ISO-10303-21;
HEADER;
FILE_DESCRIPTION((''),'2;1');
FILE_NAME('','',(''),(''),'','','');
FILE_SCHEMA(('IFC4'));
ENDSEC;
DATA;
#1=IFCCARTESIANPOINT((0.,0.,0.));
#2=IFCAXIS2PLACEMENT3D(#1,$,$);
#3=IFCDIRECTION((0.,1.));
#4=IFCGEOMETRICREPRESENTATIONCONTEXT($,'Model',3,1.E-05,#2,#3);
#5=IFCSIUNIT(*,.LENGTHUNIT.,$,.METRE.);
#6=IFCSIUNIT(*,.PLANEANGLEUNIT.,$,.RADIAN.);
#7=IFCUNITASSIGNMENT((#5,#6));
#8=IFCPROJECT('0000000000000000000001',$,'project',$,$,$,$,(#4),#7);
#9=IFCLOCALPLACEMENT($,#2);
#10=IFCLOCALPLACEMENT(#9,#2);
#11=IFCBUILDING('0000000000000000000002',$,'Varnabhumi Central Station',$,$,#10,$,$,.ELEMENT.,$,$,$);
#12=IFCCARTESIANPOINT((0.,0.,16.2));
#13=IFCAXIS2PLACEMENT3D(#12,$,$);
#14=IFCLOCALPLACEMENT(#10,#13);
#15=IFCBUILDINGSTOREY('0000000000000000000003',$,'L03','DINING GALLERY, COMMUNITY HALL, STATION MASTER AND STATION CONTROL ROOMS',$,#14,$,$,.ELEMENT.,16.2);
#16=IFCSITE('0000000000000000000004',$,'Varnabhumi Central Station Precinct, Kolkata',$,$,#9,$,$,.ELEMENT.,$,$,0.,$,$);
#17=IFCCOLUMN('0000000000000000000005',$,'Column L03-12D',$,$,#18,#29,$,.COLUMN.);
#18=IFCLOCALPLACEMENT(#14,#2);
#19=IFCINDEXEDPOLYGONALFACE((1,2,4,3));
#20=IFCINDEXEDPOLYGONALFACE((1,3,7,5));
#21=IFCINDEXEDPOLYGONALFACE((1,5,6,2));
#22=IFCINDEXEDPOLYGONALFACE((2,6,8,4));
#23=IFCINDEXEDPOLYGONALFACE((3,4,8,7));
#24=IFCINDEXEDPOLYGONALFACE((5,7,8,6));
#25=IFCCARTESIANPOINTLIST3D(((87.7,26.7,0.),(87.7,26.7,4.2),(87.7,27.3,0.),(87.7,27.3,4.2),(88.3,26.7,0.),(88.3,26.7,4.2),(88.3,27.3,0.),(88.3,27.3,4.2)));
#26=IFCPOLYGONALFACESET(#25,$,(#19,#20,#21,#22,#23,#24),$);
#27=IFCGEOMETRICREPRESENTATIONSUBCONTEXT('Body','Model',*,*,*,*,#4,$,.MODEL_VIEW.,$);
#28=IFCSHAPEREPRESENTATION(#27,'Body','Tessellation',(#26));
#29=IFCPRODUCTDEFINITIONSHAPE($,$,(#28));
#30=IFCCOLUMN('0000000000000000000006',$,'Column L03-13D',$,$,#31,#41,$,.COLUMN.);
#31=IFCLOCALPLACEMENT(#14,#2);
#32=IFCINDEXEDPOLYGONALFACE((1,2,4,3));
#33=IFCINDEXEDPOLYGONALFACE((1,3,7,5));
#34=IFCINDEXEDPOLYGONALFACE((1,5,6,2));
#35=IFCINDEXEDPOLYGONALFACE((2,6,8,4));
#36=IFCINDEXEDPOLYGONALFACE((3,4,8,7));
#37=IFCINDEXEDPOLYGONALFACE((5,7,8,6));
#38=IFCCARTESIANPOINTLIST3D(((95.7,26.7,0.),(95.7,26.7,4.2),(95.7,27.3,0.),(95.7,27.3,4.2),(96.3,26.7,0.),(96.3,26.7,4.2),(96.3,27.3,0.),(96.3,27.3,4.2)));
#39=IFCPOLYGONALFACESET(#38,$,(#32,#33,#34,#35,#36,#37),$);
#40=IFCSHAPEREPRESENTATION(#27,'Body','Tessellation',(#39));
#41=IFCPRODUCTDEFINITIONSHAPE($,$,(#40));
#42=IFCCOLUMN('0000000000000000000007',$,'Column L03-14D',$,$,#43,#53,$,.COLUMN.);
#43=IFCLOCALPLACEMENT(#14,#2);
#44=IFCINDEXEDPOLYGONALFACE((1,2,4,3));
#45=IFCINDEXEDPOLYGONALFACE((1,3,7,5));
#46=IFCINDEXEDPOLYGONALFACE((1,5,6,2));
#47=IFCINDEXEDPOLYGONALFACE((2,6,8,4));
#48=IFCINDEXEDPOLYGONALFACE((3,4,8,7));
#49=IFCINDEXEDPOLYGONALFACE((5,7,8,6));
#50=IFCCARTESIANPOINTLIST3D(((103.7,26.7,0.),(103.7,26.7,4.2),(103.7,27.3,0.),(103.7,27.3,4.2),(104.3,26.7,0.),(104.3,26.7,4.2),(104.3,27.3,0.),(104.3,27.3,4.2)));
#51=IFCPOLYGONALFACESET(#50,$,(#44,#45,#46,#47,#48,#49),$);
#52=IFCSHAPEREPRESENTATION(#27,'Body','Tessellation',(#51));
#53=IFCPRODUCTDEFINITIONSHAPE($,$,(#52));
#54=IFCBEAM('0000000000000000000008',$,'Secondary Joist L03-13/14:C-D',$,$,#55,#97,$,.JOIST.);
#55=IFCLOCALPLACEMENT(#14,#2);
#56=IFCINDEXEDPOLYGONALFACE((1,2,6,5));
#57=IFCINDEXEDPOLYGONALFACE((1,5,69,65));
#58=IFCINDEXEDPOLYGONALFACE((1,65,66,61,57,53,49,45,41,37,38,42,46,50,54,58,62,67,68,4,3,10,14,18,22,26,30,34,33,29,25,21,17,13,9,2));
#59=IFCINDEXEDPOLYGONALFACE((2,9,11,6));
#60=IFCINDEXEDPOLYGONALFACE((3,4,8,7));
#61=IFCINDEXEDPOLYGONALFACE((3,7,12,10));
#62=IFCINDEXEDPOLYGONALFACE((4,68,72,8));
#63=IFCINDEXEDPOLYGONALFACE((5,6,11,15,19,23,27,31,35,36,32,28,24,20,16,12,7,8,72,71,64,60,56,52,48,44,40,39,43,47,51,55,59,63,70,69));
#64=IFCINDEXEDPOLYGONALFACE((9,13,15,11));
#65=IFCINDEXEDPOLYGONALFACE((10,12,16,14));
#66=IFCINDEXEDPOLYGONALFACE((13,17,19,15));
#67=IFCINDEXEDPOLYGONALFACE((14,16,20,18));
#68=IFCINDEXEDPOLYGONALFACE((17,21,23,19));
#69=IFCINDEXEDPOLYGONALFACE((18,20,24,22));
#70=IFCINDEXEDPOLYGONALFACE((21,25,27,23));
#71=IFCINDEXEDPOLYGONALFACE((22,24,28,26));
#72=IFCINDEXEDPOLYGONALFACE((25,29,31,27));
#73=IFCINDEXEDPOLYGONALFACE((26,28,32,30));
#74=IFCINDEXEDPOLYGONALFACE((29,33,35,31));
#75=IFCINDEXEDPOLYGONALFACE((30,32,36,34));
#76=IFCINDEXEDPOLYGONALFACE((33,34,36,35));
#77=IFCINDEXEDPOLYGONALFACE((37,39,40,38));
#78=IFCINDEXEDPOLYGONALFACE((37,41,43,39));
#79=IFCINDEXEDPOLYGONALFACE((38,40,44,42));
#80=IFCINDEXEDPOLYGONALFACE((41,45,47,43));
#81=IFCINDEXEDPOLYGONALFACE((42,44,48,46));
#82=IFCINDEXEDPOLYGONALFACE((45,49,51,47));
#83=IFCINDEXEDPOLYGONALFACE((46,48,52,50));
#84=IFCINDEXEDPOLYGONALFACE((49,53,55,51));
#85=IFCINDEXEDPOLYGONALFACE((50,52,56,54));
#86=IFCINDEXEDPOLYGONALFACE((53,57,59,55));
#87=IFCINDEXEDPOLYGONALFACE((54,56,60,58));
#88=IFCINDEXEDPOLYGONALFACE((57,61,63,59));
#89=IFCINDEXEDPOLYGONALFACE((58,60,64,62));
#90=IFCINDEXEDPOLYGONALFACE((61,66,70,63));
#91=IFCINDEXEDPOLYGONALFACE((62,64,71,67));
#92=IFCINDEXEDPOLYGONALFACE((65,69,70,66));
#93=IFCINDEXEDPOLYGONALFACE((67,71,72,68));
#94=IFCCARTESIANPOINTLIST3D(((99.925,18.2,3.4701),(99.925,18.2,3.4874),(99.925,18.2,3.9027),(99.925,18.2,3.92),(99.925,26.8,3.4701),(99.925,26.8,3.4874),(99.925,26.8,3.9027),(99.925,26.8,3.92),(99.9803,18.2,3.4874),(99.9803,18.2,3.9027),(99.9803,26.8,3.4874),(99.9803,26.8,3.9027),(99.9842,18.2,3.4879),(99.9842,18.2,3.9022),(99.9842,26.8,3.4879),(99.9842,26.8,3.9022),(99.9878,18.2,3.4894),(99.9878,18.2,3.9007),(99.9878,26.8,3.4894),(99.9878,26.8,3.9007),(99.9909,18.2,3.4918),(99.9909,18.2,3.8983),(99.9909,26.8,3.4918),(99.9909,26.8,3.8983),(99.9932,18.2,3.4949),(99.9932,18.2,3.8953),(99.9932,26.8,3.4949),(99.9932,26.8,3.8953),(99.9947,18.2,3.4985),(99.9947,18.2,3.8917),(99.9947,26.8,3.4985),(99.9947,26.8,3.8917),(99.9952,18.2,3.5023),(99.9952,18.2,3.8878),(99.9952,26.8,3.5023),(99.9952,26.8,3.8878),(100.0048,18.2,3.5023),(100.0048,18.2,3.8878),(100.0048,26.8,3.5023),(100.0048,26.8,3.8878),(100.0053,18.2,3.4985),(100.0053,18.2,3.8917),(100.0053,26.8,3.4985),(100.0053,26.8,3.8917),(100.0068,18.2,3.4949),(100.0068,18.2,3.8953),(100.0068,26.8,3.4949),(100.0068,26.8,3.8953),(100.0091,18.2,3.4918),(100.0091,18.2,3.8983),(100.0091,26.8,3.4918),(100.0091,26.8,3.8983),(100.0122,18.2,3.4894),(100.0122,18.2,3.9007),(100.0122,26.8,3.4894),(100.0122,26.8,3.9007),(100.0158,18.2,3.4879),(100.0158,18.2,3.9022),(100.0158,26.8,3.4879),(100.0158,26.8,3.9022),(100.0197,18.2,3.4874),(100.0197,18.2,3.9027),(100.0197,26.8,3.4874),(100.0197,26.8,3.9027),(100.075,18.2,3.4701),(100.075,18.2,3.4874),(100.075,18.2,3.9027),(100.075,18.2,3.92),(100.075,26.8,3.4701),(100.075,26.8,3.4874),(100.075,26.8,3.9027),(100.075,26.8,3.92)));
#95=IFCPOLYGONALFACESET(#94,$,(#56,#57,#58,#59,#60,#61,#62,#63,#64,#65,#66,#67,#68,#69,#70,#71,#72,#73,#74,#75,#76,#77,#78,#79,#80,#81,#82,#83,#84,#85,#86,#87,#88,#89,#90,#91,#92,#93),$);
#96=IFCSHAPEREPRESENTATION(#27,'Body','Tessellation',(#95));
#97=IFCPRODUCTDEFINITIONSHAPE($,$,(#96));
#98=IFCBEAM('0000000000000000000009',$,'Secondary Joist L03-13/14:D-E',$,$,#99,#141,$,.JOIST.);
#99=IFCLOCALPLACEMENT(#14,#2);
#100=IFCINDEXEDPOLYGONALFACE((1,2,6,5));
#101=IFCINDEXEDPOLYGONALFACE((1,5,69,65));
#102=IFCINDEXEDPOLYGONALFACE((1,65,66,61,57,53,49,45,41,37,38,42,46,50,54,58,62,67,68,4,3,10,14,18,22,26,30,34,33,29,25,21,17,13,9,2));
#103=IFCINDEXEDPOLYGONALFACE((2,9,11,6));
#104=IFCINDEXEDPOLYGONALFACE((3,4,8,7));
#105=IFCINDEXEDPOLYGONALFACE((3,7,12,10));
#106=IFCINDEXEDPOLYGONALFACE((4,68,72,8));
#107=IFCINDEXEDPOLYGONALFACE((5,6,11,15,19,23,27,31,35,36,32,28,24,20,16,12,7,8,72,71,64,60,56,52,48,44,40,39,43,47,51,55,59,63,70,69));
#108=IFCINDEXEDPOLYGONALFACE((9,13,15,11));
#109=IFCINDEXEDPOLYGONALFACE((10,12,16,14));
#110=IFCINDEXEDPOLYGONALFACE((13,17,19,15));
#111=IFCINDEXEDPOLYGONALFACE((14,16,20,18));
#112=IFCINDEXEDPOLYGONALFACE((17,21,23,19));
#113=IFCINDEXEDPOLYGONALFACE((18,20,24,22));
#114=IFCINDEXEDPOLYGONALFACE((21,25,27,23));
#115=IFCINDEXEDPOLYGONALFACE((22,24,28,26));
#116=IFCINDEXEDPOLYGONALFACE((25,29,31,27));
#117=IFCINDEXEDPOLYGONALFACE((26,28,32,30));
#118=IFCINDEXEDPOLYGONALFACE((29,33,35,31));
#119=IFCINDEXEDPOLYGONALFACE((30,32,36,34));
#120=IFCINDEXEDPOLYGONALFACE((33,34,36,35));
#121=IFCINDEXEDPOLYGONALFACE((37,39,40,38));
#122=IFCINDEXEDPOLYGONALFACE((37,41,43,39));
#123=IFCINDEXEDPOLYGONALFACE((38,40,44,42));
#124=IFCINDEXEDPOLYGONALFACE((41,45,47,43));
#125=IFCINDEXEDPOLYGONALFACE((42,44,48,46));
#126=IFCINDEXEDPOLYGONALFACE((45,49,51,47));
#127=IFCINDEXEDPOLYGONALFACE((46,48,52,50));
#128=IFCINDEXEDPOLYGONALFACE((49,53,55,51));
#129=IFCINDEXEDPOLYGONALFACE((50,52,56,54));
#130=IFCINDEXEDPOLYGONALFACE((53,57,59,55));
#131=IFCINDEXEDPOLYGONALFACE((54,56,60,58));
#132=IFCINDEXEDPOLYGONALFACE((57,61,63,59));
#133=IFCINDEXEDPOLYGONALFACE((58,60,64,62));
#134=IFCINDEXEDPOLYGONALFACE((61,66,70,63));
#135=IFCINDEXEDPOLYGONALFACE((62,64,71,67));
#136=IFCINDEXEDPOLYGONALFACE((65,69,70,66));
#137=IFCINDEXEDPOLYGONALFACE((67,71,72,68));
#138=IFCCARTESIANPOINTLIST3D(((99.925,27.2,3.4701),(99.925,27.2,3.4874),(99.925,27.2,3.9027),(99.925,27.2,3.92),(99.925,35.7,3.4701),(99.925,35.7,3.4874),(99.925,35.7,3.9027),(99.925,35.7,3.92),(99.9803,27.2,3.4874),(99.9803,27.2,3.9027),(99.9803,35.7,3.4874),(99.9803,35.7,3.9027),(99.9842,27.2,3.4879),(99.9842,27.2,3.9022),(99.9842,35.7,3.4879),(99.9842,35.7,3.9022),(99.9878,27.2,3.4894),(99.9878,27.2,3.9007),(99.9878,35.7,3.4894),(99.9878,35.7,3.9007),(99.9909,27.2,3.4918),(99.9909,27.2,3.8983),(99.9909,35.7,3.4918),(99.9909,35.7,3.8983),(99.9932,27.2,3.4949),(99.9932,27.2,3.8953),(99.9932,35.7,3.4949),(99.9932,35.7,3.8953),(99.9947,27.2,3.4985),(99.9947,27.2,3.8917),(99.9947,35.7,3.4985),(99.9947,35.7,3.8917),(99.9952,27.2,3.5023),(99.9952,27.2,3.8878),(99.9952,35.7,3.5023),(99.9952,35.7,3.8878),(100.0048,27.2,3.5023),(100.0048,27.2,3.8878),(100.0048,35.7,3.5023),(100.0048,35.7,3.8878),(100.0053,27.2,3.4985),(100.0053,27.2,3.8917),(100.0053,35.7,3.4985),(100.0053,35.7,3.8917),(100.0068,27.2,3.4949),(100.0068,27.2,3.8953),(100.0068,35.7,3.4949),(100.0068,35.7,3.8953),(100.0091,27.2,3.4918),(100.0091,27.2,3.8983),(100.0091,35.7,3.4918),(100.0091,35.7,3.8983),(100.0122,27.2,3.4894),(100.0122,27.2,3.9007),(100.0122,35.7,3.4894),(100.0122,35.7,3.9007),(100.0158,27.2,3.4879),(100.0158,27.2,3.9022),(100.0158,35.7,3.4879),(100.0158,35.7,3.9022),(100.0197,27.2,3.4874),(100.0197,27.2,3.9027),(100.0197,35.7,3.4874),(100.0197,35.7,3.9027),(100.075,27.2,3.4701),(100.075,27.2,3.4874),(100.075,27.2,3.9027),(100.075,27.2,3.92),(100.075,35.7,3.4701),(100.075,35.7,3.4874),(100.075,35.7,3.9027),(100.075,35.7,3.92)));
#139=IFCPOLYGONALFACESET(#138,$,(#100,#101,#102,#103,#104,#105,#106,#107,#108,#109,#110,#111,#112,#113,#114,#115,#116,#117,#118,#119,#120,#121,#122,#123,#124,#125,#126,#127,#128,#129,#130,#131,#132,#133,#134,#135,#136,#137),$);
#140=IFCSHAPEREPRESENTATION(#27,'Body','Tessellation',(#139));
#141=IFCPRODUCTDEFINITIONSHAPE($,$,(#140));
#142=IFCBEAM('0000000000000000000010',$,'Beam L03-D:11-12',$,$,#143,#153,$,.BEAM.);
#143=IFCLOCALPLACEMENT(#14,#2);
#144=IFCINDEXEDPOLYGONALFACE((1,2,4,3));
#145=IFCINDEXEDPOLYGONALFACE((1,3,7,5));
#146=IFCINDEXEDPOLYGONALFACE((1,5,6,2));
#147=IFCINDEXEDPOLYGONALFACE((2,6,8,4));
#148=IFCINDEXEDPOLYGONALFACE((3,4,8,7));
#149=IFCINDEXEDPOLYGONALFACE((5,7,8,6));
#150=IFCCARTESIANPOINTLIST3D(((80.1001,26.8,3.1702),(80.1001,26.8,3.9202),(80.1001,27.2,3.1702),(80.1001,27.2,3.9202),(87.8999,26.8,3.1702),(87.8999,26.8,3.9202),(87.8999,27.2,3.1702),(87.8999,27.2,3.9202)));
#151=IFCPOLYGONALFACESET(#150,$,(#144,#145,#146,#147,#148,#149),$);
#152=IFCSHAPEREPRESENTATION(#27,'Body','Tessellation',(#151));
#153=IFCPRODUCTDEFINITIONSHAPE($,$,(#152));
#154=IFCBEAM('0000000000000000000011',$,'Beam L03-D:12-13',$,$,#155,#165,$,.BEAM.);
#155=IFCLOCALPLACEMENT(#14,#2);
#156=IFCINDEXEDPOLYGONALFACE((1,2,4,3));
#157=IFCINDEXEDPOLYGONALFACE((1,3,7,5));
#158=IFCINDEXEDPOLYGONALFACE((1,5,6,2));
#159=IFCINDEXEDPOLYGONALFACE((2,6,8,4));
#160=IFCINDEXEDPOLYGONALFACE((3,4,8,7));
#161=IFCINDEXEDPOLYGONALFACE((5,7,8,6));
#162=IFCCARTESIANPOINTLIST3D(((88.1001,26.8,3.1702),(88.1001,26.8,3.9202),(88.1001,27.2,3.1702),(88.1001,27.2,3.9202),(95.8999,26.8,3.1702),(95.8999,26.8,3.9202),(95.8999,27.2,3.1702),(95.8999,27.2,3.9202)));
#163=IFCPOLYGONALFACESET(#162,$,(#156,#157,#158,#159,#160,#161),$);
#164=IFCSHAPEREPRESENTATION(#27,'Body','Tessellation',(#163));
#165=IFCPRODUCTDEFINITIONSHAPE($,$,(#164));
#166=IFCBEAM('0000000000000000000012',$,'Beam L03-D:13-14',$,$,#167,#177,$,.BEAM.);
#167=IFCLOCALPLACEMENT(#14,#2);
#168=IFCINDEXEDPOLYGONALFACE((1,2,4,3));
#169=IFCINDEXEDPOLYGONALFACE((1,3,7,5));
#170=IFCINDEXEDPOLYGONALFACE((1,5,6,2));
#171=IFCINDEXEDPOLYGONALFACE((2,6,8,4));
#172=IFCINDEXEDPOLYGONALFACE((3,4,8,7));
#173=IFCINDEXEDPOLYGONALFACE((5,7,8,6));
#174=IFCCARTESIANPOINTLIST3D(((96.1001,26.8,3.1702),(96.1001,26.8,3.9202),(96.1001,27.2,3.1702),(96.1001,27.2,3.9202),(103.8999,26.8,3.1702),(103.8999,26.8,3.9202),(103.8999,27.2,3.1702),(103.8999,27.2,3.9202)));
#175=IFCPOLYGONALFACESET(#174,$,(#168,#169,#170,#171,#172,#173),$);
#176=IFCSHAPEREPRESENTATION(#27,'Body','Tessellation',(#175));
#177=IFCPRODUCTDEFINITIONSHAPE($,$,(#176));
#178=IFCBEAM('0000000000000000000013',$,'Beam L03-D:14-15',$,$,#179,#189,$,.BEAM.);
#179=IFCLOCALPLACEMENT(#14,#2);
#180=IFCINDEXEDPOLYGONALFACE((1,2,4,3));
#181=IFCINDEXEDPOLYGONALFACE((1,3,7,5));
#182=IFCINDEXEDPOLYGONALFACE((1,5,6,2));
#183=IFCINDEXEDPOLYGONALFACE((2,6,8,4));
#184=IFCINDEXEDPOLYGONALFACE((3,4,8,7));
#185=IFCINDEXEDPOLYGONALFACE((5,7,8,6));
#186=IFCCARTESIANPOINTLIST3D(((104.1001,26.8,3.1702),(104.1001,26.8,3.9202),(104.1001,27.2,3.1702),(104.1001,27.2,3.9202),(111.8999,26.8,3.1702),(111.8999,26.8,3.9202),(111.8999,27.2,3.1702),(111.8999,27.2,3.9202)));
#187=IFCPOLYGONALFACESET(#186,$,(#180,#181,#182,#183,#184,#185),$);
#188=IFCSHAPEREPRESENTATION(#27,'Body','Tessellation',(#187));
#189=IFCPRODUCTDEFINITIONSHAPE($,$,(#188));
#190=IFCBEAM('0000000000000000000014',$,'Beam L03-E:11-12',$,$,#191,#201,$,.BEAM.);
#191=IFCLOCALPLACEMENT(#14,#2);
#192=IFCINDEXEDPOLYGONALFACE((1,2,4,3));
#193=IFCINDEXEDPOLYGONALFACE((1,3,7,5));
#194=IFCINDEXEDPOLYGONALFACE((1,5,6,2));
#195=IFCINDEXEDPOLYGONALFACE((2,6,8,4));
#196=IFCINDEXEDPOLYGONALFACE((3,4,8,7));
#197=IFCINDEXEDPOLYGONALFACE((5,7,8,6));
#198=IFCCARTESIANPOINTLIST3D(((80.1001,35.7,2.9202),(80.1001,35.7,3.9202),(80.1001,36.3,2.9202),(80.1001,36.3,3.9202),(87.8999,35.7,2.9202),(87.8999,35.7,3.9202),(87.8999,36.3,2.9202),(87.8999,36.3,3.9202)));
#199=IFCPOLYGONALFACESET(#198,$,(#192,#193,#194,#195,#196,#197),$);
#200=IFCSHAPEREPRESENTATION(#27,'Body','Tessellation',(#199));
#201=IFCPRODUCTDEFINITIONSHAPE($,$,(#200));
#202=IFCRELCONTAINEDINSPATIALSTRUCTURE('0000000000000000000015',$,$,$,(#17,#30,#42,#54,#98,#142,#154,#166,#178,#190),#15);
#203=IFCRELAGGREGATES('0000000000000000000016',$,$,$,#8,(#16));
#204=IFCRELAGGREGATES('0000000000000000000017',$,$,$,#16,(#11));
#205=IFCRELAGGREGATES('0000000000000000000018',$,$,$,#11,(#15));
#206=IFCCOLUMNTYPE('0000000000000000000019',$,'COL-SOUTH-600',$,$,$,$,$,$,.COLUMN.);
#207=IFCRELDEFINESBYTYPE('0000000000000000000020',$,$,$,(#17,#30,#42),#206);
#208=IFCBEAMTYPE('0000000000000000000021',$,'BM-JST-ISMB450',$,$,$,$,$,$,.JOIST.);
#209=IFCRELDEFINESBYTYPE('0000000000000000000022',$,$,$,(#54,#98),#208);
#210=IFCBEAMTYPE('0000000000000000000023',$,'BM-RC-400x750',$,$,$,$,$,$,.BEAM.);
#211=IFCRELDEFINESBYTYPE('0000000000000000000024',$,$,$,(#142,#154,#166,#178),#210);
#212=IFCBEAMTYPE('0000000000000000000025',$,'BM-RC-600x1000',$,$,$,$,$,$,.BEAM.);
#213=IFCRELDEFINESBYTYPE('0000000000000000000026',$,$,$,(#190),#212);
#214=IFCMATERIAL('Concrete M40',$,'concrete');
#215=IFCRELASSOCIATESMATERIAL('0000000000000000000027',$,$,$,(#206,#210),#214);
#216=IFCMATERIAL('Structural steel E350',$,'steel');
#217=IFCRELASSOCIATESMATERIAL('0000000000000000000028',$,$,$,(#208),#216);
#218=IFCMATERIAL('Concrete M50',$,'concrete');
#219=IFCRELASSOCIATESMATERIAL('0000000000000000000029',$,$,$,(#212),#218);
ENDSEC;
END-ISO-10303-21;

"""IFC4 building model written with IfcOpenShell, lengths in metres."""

from ifc_helpers import new_model, si_unit, direction, frame, origin, origin_2d, place, context, subcontext, project, spatial, rectangle, i_section, extrude, material, material_profile, profile_set, type_object, element, save


model = new_model("IFC4")

# Units and contexts
model_context = context("Model", 3, precision=1e-05, world=origin(), true_north=direction((0.0, 1.0)))
body_context = subcontext(model_context, "Body", "Model", "MODEL_VIEW")
ifc_project = project(units=[si_unit("LENGTHUNIT", "METRE"), si_unit("PLANEANGLEUNIT", "RADIAN")], contexts=[model_context])

# Site, building, storey
site_placement = place(None, origin())
site = spatial("IfcSite", under=ifc_project, at=site_placement, Name="Varnabhumi Central Station Precinct, Kolkata", CompositionType="ELEMENT", RefElevation=0.0)
building_placement = place(site_placement, origin())
building = spatial("IfcBuilding", under=site, at=building_placement, Name="Varnabhumi Central Station", CompositionType="ELEMENT")
storey_placement = place(building_placement, frame((0.0, 0.0, 16.2)))
storey = spatial("IfcBuildingStorey", under=building, at=storey_placement, Name="L03", Description="DINING GALLERY, COMMUNITY HALL, STATION MASTER AND STATION CONTROL ROOMS", CompositionType="ELEMENT", Elevation=16.2)

# Columns
ifc_material_1 = material(Name="Concrete M40", Category="concrete")
ifc_material_profile_1 = material_profile(ifc_material_1, rectangle(XDim=0.6001, YDim=0.6001, at=origin_2d()), Name="Concrete M40", Category="concrete")
ifc_profile_set_1 = profile_set([ifc_material_profile_1], Name="Concrete M40")
column_type = type_object("IfcColumnType", Name="COL-SOUTH-600", PredefinedType="COLUMN", material=ifc_profile_set_1)
for number, where, z_axis, x_axis, name in (
    (1, (88.0, 27.0, 0.0), (0.0, 0.0, 1.0), (1.0, 0.0, 0.0), "Column L03-12D"),
    (2, (96.0, 27.0, 0.0), (0.0, 0.0, 1.0), (1.0, 0.0, 0.0), "Column L03-13D"),
    (3, (104.0, 27.0, 0.0), (0.0, 0.0, 1.0), (1.0, 0.0, 0.0), "Column L03-14D"),
):
    element("IfcColumn", number, at=place(storey_placement, frame(where, z_axis=z_axis, x_axis=x_axis)), inside=storey, type_object=column_type, Name=name, PredefinedType="COLUMN", context=body_context, shape_type="SweptSolid", body=[
        extrude(rectangle(XDim=0.6001, YDim=0.6001, at=origin_2d()), origin(), (0.0, 0.0, 1.0), 4.2),
    ])

# Beams
ifc_material_2 = material(Name="Structural steel E350", Category="steel")
ifc_material_profile_2 = material_profile(ifc_material_2, i_section(OverallWidth=0.1499, OverallDepth=0.45, WebThickness=0.0095, FlangeThickness=0.0173, FilletRadius=0.0149, at=origin_2d()), Name="Structural steel E350", Category="steel")
ifc_profile_set_2 = profile_set([ifc_material_profile_2], Name="Structural steel E350")
beam_type_1 = type_object("IfcBeamType", Name="BM-JST-ISMB450", PredefinedType="JOIST", material=ifc_profile_set_2)
beam_1_placement = place(storey_placement, frame((100.0, 18.2, 3.6951), z_axis=(0.0, 1.0, 0.0), x_axis=(-1.0, 0.0, 0.0)))
element("IfcBeam", 4, at=beam_1_placement, inside=storey, type_object=beam_type_1, Name="Secondary Joist L03-13/14:C-D", PredefinedType="JOIST", context=body_context, shape_type="SweptSolid", body=[
    extrude(i_section(OverallWidth=0.1499, OverallDepth=0.45, WebThickness=0.0095, FlangeThickness=0.0173, FilletRadius=0.0149, at=origin_2d()), origin(), (0.0, 0.0, 1.0), 8.6001),
])
beam_2_placement = place(storey_placement, frame((100.0, 27.2, 3.6951), z_axis=(0.0, 1.0, 0.0), x_axis=(-1.0, 0.0, 0.0)))
element("IfcBeam", 5, at=beam_2_placement, inside=storey, type_object=beam_type_1, Name="Secondary Joist L03-13/14:D-E", PredefinedType="JOIST", context=body_context, shape_type="SweptSolid", body=[
    extrude(i_section(OverallWidth=0.1499, OverallDepth=0.45, WebThickness=0.0095, FlangeThickness=0.0173, FilletRadius=0.0149, at=origin_2d()), origin(), (0.0, 0.0, 1.0), 8.5),
])
ifc_material_profile_3 = material_profile(ifc_material_1, rectangle(XDim=0.3999, YDim=0.75, at=origin_2d()), Name="Concrete M40", Category="concrete")
ifc_profile_set_3 = profile_set([ifc_material_profile_3], Name="Concrete M40")
beam_type_2 = type_object("IfcBeamType", Name="BM-RC-400x750", PredefinedType="BEAM", material=ifc_profile_set_3)
for number, where, z_axis, x_axis, name in (
    (6, (80.1001, 27.0, 3.5452), (1.0, 0.0, 0.0), (0.0, 1.0, 0.0), "Beam L03-D:11-12"),
    (7, (88.1001, 27.0, 3.5452), (1.0, 0.0, 0.0), (0.0, 1.0, 0.0), "Beam L03-D:12-13"),
    (8, (96.1001, 27.0, 3.5452), (1.0, 0.0, 0.0), (0.0, 1.0, 0.0), "Beam L03-D:13-14"),
    (9, (104.1001, 27.0, 3.5452), (1.0, 0.0, 0.0), (0.0, 1.0, 0.0), "Beam L03-D:14-15"),
):
    element("IfcBeam", number, at=place(storey_placement, frame(where, z_axis=z_axis, x_axis=x_axis)), inside=storey, type_object=beam_type_2, Name=name, PredefinedType="BEAM", context=body_context, shape_type="SweptSolid", body=[
        extrude(rectangle(XDim=0.3999, YDim=0.75, at=origin_2d()), origin(), (0.0, 0.0, 1.0), 7.7998),
    ])
ifc_material_3 = material(Name="Concrete M50", Category="concrete")
ifc_material_profile_4 = material_profile(ifc_material_3, rectangle(XDim=0.6001, YDim=1.0, at=origin_2d()), Name="Concrete M50", Category="concrete")
ifc_profile_set_4 = profile_set([ifc_material_profile_4], Name="Concrete M50")
beam_type_3 = type_object("IfcBeamType", Name="BM-RC-600x1000", PredefinedType="BEAM", material=ifc_profile_set_4)
beam_3_placement = place(storey_placement, frame((80.1001, 36.0, 3.4202), z_axis=(1.0, 0.0, 0.0), x_axis=(0.0, 1.0, 0.0)))
element("IfcBeam", 10, at=beam_3_placement, inside=storey, type_object=beam_type_3, Name="Beam L03-E:11-12", PredefinedType="BEAM", context=body_context, shape_type="SweptSolid", body=[
    extrude(rectangle(XDim=0.6001, YDim=1.0, at=origin_2d()), origin(), (0.0, 0.0, 1.0), 7.7998),
])

save(model, "model.ifc")
